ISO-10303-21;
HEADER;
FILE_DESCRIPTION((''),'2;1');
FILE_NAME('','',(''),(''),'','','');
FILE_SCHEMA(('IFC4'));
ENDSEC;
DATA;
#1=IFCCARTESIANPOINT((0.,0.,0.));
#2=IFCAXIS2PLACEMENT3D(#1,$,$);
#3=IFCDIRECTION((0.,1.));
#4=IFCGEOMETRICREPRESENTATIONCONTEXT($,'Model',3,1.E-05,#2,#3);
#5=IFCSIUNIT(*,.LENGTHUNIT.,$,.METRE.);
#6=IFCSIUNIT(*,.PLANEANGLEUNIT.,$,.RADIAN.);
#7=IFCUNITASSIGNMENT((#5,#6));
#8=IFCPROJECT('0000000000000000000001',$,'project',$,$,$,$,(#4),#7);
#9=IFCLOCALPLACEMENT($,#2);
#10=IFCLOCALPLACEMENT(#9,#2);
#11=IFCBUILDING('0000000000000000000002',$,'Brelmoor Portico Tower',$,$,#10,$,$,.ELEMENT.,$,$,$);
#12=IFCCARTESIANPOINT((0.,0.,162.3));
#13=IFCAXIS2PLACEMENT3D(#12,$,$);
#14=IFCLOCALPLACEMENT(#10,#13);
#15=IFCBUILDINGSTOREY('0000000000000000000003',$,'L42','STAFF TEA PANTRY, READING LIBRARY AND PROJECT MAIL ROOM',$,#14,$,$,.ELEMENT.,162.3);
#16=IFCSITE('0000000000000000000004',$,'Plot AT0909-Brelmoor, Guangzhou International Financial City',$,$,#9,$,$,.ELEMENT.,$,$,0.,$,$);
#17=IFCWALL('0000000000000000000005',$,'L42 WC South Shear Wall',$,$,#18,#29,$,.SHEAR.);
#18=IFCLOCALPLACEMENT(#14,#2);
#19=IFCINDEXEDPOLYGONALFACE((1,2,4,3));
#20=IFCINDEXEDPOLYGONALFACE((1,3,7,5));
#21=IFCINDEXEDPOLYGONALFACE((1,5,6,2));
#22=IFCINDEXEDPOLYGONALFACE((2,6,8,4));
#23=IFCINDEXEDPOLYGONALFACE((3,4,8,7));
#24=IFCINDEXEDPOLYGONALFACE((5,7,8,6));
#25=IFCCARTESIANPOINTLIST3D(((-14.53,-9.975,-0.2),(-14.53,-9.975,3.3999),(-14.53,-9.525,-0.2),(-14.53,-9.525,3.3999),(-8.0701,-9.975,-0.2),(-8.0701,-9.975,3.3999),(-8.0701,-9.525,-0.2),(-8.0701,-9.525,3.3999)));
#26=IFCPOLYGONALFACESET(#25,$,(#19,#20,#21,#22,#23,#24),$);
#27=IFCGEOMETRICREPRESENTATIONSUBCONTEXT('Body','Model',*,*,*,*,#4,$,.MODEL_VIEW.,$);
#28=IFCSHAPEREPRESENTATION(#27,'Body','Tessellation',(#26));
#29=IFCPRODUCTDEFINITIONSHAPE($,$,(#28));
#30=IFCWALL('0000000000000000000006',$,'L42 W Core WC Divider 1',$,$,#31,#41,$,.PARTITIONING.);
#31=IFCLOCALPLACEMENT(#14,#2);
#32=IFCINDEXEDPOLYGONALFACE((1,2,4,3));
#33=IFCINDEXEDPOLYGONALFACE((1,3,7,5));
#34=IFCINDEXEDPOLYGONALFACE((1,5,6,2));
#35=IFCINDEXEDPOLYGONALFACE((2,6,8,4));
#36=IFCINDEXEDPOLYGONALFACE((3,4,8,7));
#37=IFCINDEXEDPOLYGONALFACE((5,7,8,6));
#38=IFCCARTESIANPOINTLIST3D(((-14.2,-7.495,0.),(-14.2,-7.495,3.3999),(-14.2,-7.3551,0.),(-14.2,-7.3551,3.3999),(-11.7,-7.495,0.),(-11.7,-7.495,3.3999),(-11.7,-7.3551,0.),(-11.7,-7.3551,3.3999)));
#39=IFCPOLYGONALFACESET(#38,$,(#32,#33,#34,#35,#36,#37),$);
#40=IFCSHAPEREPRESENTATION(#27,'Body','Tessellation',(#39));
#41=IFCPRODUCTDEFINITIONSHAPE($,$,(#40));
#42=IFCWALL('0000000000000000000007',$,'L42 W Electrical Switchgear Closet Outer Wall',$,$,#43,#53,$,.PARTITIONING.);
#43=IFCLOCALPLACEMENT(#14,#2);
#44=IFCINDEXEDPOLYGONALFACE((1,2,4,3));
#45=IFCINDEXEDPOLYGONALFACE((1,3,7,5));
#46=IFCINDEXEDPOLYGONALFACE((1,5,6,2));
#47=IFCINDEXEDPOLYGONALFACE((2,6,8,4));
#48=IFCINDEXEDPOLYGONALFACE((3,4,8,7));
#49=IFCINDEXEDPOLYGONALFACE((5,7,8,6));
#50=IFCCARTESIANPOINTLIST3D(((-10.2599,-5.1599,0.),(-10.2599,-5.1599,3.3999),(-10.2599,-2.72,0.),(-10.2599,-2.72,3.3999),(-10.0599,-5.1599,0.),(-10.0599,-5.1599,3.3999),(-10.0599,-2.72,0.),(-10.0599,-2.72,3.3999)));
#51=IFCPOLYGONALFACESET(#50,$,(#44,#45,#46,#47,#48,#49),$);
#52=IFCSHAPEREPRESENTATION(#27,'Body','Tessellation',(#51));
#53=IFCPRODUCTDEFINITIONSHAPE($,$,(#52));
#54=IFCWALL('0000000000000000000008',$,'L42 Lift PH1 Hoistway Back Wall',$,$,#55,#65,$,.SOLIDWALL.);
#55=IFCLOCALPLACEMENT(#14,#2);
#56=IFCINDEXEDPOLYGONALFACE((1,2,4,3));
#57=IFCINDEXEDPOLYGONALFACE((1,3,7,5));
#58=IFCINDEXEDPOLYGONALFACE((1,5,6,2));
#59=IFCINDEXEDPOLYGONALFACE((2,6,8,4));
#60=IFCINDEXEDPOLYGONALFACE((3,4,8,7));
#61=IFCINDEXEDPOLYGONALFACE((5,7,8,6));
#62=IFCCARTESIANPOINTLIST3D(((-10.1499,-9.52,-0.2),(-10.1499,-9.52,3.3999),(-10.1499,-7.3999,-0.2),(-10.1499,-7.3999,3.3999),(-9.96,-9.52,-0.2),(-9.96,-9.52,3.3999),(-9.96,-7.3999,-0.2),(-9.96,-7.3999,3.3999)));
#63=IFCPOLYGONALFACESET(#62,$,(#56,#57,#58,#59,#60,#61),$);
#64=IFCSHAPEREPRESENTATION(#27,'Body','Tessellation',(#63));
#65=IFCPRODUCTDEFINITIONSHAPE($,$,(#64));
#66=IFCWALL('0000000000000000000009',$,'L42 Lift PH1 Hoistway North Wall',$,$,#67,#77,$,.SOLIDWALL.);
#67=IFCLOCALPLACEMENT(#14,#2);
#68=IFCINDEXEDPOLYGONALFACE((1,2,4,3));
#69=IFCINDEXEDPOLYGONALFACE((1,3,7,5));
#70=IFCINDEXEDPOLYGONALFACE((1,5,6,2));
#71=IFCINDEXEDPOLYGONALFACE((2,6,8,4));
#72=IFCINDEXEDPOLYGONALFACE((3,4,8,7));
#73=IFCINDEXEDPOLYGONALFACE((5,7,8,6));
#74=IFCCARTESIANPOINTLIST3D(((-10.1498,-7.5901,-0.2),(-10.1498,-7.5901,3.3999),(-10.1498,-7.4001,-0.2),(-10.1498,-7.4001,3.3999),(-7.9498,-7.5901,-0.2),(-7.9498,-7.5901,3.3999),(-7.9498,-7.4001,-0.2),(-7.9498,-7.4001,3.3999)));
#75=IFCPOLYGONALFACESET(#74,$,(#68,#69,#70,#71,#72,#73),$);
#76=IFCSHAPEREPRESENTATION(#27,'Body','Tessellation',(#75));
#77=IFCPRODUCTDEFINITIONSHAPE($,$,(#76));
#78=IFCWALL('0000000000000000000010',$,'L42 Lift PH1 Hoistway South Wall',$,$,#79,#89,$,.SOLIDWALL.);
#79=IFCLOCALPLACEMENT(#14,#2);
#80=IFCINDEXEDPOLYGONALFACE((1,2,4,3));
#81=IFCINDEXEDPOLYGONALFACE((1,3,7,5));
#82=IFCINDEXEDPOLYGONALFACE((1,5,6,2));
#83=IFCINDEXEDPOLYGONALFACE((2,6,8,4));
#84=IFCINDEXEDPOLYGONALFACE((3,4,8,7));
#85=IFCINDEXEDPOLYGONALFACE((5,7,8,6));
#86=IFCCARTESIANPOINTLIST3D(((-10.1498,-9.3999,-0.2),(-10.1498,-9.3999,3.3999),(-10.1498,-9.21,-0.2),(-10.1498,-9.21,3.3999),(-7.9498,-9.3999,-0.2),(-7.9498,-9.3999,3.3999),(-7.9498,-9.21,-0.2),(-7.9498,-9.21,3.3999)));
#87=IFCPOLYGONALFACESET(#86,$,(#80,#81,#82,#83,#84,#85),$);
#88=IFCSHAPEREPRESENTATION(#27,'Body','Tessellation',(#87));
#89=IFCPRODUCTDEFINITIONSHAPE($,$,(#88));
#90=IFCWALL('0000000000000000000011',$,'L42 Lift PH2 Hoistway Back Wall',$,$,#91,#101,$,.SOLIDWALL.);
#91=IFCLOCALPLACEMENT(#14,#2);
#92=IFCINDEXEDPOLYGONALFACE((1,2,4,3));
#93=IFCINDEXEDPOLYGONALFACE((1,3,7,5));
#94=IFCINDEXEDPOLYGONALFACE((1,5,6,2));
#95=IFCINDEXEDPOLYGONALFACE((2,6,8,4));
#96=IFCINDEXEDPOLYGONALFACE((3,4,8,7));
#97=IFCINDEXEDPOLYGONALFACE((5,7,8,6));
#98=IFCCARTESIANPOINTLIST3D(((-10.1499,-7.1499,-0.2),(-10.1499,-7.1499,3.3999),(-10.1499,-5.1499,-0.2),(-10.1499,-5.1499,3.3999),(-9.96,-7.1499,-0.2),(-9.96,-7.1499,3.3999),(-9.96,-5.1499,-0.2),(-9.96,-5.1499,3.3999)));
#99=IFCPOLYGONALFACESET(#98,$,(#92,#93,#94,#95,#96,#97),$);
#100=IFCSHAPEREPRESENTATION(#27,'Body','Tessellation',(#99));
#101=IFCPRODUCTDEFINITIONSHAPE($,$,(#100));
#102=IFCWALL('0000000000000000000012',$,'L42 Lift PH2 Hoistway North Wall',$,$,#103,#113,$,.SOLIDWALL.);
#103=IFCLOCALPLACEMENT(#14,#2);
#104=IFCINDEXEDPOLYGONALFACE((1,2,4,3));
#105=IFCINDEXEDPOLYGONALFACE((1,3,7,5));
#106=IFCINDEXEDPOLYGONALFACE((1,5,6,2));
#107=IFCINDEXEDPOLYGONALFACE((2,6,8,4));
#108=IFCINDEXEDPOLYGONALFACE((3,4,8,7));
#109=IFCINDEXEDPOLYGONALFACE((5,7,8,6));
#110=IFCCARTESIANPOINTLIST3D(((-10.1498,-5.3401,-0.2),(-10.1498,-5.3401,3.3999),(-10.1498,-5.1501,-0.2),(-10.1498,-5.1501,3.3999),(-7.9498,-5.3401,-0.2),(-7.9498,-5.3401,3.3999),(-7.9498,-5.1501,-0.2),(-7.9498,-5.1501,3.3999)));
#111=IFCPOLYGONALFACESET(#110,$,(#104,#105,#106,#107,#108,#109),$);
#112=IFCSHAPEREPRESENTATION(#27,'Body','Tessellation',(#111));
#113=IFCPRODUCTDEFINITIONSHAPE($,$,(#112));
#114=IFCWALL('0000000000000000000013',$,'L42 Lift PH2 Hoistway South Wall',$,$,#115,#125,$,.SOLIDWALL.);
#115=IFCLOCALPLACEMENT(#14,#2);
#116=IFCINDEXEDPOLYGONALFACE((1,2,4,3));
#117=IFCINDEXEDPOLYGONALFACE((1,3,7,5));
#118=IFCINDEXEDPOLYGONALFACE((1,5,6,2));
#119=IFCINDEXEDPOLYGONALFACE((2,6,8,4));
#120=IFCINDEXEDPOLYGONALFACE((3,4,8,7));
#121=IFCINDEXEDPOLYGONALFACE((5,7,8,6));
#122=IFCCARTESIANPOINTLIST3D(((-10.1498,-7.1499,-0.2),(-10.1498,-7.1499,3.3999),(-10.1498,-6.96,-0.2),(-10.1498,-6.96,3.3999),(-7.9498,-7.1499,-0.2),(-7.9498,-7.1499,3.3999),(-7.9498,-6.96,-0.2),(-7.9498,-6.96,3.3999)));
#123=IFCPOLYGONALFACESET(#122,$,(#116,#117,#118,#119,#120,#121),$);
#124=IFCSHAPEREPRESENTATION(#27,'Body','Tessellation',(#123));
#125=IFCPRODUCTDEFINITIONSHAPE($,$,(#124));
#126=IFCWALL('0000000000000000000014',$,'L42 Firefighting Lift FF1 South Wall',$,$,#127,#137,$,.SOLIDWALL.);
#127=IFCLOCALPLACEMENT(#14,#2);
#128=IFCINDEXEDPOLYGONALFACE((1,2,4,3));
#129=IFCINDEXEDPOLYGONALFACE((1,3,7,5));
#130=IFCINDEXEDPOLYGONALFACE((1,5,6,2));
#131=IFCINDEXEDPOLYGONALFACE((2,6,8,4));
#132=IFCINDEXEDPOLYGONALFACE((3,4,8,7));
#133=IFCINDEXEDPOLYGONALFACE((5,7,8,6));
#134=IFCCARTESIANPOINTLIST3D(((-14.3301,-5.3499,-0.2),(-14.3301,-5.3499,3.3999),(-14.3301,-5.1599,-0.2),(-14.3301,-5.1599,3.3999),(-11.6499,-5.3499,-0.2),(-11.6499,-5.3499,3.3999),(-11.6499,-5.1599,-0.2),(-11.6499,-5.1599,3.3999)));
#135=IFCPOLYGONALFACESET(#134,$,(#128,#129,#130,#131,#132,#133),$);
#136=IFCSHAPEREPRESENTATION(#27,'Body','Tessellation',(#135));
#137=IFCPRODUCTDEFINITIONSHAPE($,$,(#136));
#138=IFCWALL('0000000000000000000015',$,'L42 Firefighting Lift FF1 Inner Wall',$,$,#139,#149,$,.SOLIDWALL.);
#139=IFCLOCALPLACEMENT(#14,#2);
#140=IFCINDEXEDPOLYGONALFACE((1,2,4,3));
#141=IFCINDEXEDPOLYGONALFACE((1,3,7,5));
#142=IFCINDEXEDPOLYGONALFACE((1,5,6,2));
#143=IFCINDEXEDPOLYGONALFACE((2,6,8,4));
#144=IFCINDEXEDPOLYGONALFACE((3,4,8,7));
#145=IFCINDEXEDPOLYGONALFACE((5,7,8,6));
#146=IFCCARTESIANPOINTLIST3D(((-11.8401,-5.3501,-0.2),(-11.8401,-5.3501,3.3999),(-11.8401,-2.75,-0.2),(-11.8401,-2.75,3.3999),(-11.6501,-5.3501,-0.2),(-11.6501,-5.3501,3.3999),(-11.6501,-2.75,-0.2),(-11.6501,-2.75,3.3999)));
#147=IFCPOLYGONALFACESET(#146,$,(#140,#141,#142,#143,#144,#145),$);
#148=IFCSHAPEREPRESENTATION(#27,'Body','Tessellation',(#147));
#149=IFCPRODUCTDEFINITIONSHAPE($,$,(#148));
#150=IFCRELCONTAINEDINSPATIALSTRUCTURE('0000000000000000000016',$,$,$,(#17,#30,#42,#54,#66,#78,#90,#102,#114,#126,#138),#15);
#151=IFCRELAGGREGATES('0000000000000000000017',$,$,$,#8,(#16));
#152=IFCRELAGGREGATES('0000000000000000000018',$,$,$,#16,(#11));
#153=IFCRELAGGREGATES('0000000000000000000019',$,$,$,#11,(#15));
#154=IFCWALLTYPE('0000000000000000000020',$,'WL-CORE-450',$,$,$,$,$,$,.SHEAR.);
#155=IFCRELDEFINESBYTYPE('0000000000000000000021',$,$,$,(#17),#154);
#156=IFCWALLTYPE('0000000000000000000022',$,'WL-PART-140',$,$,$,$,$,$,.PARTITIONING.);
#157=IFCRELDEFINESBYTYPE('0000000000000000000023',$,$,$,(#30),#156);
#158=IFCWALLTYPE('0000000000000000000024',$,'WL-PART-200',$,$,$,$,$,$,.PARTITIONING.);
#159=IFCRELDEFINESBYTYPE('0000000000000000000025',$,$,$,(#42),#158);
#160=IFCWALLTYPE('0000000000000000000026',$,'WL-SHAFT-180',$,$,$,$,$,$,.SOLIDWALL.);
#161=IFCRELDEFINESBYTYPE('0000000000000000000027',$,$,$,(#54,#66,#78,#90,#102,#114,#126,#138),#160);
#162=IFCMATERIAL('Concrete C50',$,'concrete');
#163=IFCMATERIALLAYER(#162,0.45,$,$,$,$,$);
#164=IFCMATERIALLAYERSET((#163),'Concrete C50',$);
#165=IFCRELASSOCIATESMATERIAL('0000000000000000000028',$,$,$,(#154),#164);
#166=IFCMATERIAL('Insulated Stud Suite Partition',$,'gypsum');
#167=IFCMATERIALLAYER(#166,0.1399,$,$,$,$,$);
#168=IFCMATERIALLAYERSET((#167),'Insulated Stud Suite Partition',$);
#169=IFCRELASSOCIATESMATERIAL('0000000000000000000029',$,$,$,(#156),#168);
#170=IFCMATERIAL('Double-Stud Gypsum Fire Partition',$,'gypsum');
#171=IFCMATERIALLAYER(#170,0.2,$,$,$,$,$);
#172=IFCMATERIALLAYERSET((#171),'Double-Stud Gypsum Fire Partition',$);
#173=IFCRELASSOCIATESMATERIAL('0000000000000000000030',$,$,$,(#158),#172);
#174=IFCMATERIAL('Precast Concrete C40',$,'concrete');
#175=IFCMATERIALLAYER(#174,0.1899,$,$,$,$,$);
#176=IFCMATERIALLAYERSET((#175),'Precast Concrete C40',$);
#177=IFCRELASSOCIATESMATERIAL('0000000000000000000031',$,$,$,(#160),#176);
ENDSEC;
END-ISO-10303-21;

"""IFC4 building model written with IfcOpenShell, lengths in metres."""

from ifc_helpers import new_model, si_unit, direction, frame, frame_2d, origin, place, context, subcontext, project, spatial, rectangle, extrude, material, layer, layer_set, type_object, element, save


model = new_model("IFC4")

# Units and contexts
model_context = context("Model", 3, precision=1e-05, world=origin(), true_north=direction((0.0, 1.0)))
body_context = subcontext(model_context, "Body", "Model", "MODEL_VIEW")
ifc_project = project(units=[si_unit("LENGTHUNIT", "METRE"), si_unit("PLANEANGLEUNIT", "RADIAN")], contexts=[model_context])

# Site, building, storey
site_placement = place(None, origin())
site = spatial("IfcSite", under=ifc_project, at=site_placement, Name="Plot AT0909-Brelmoor, Guangzhou International Financial City", CompositionType="ELEMENT", RefElevation=0.0)
building_placement = place(site_placement, origin())
building = spatial("IfcBuilding", under=site, at=building_placement, Name="Brelmoor Portico Tower", CompositionType="ELEMENT")
storey_placement = place(building_placement, frame((0.0, 0.0, 162.3)))
storey = spatial("IfcBuildingStorey", under=building, at=storey_placement, Name="L42", Description="STAFF TEA PANTRY, READING LIBRARY AND PROJECT MAIL ROOM", CompositionType="ELEMENT", Elevation=162.3)

# Walls
ifc_material_1 = material(Name="Concrete C50", Category="concrete")
ifc_layer_1 = layer(ifc_material_1, 0.45)
ifc_layer_set_1 = layer_set([ifc_layer_1], Name="Concrete C50")
wall_type_1 = type_object("IfcWallType", Name="WL-CORE-450", PredefinedType="SHEAR", material=ifc_layer_set_1)
wall_1_placement = place(storey_placement, frame((-14.53, -9.75, -0.2), z_axis=(0.0, 0.0, 1.0), x_axis=(1.0, 0.0, 0.0)))
element("IfcWall", 1, at=wall_1_placement, inside=storey, type_object=wall_type_1, Name="L42 WC South Shear Wall", PredefinedType="SHEAR", context=body_context, shape_type="SweptSolid", body=[
    extrude(rectangle(XDim=6.46, YDim=0.45, at=frame_2d((3.23, 0.0))), origin(), (0.0, 0.0, 1.0), 3.5999),
])
ifc_material_2 = material(Name="Insulated Stud Suite Partition", Category="gypsum")
ifc_layer_2 = layer(ifc_material_2, 0.1399)
ifc_layer_set_2 = layer_set([ifc_layer_2], Name="Insulated Stud Suite Partition")
wall_type_2 = type_object("IfcWallType", Name="WL-PART-140", PredefinedType="PARTITIONING", material=ifc_layer_set_2)
wall_2_placement = place(storey_placement, frame((-11.7, -7.425, 0.0), z_axis=(0.0, 0.0, 1.0), x_axis=(-1.0, 0.0, 0.0)))
element("IfcWall", 2, at=wall_2_placement, inside=storey, type_object=wall_type_2, Name="L42 W Core WC Divider 1", PredefinedType="PARTITIONING", context=body_context, shape_type="SweptSolid", body=[
    extrude(rectangle(XDim=2.5, YDim=0.1399, at=frame_2d((1.25, 0.0))), origin(), (0.0, 0.0, 1.0), 3.3999),
])

# Walls
ifc_material_3 = material(Name="Double-Stud Gypsum Fire Partition", Category="gypsum")
ifc_layer_3 = layer(ifc_material_3, 0.2)
ifc_layer_set_3 = layer_set([ifc_layer_3], Name="Double-Stud Gypsum Fire Partition")
wall_type_3 = type_object("IfcWallType", Name="WL-PART-200", PredefinedType="PARTITIONING", material=ifc_layer_set_3)
wall_3_placement = place(storey_placement, frame((-10.1599, -5.1599, 0.0), z_axis=(0.0, 0.0, 1.0), x_axis=(0.0, 1.0, 0.0)))
element("IfcWall", 3, at=wall_3_placement, inside=storey, type_object=wall_type_3, Name="L42 W Electrical Switchgear Closet Outer Wall", PredefinedType="PARTITIONING", context=body_context, shape_type="SweptSolid", body=[
    extrude(rectangle(XDim=2.4399, YDim=0.2, at=frame_2d((1.22, 0.0))), origin(), (0.0, 0.0, 1.0), 3.3999),
])
ifc_material_4 = material(Name="Precast Concrete C40", Category="concrete")
ifc_layer_4 = layer(ifc_material_4, 0.1899)
ifc_layer_set_4 = layer_set([ifc_layer_4], Name="Precast Concrete C40")
wall_type_4 = type_object("IfcWallType", Name="WL-SHAFT-180", PredefinedType="SOLIDWALL", material=ifc_layer_set_4)
wall_4_placement = place(storey_placement, frame((-10.0549, -9.52, -0.2), z_axis=(0.0, 0.0, 1.0), x_axis=(0.0, 1.0, 0.0)))
element("IfcWall", 4, at=wall_4_placement, inside=storey, type_object=wall_type_4, Name="L42 Lift PH1 Hoistway Back Wall", PredefinedType="SOLIDWALL", context=body_context, shape_type="SweptSolid", body=[
    extrude(rectangle(XDim=2.1201, YDim=0.1899, at=frame_2d((1.0601, 0.0))), origin(), (0.0, 0.0, 1.0), 3.5999),
])
for number, where, z_axis, x_axis, name in (
    (5, (-10.1499, -7.4951, -0.2), (0.0, 0.0, 1.0), (1.0, 0.0, 0.0), "L42 Lift PH1 Hoistway North Wall"),
    (6, (-10.1499, -9.3049, -0.2), (0.0, 0.0, 1.0), (1.0, 0.0, 0.0), "L42 Lift PH1 Hoistway South Wall"),
):
    element("IfcWall", number, at=place(storey_placement, frame(where, z_axis=z_axis, x_axis=x_axis)), inside=storey, type_object=wall_type_4, Name=name, PredefinedType="SOLIDWALL", context=body_context, shape_type="SweptSolid", body=[
        extrude(rectangle(XDim=2.2, YDim=0.1899, at=frame_2d((1.1001, 0.0))), origin(), (0.0, 0.0, 1.0), 3.5999),
    ])
wall_5_placement = place(storey_placement, frame((-10.0549, -7.1499, -0.2), z_axis=(0.0, 0.0, 1.0), x_axis=(0.0, 1.0, 0.0)))
element("IfcWall", 7, at=wall_5_placement, inside=storey, type_object=wall_type_4, Name="L42 Lift PH2 Hoistway Back Wall", PredefinedType="SOLIDWALL", context=body_context, shape_type="SweptSolid", body=[
    extrude(rectangle(XDim=2.0, YDim=0.1899, at=frame_2d((1.0, 0.0))), origin(), (0.0, 0.0, 1.0), 3.5999),
])
for number, where, z_axis, x_axis, name in (
    (8, (-10.1499, -5.2451, -0.2), (0.0, 0.0, 1.0), (1.0, 0.0, 0.0), "L42 Lift PH2 Hoistway North Wall"),
    (9, (-10.1499, -7.0549, -0.2), (0.0, 0.0, 1.0), (1.0, 0.0, 0.0), "L42 Lift PH2 Hoistway South Wall"),
):
    element("IfcWall", number, at=place(storey_placement, frame(where, z_axis=z_axis, x_axis=x_axis)), inside=storey, type_object=wall_type_4, Name=name, PredefinedType="SOLIDWALL", context=body_context, shape_type="SweptSolid", body=[
        extrude(rectangle(XDim=2.2, YDim=0.1899, at=frame_2d((1.1001, 0.0))), origin(), (0.0, 0.0, 1.0), 3.5999),
    ])
wall_6_placement = place(storey_placement, frame((-14.3301, -5.2549, -0.2), z_axis=(0.0, 0.0, 1.0), x_axis=(1.0, 0.0, 0.0)))
element("IfcWall", 10, at=wall_6_placement, inside=storey, type_object=wall_type_4, Name="L42 Firefighting Lift FF1 South Wall", PredefinedType="SOLIDWALL", context=body_context, shape_type="SweptSolid", body=[
    extrude(rectangle(XDim=2.6802, YDim=0.1899, at=frame_2d((1.3401, 0.0))), origin(), (0.0, 0.0, 1.0), 3.5999),
])
wall_7_placement = place(storey_placement, frame((-11.7451, -5.3501, -0.2), z_axis=(0.0, 0.0, 1.0), x_axis=(0.0, 1.0, 0.0)))
element("IfcWall", 11, at=wall_7_placement, inside=storey, type_object=wall_type_4, Name="L42 Firefighting Lift FF1 Inner Wall", PredefinedType="SOLIDWALL", context=body_context, shape_type="SweptSolid", body=[
    extrude(rectangle(XDim=2.6001, YDim=0.1899, at=frame_2d((1.3, 0.0))), origin(), (0.0, 0.0, 1.0), 3.5999),
])

save(model, "model.ifc")
